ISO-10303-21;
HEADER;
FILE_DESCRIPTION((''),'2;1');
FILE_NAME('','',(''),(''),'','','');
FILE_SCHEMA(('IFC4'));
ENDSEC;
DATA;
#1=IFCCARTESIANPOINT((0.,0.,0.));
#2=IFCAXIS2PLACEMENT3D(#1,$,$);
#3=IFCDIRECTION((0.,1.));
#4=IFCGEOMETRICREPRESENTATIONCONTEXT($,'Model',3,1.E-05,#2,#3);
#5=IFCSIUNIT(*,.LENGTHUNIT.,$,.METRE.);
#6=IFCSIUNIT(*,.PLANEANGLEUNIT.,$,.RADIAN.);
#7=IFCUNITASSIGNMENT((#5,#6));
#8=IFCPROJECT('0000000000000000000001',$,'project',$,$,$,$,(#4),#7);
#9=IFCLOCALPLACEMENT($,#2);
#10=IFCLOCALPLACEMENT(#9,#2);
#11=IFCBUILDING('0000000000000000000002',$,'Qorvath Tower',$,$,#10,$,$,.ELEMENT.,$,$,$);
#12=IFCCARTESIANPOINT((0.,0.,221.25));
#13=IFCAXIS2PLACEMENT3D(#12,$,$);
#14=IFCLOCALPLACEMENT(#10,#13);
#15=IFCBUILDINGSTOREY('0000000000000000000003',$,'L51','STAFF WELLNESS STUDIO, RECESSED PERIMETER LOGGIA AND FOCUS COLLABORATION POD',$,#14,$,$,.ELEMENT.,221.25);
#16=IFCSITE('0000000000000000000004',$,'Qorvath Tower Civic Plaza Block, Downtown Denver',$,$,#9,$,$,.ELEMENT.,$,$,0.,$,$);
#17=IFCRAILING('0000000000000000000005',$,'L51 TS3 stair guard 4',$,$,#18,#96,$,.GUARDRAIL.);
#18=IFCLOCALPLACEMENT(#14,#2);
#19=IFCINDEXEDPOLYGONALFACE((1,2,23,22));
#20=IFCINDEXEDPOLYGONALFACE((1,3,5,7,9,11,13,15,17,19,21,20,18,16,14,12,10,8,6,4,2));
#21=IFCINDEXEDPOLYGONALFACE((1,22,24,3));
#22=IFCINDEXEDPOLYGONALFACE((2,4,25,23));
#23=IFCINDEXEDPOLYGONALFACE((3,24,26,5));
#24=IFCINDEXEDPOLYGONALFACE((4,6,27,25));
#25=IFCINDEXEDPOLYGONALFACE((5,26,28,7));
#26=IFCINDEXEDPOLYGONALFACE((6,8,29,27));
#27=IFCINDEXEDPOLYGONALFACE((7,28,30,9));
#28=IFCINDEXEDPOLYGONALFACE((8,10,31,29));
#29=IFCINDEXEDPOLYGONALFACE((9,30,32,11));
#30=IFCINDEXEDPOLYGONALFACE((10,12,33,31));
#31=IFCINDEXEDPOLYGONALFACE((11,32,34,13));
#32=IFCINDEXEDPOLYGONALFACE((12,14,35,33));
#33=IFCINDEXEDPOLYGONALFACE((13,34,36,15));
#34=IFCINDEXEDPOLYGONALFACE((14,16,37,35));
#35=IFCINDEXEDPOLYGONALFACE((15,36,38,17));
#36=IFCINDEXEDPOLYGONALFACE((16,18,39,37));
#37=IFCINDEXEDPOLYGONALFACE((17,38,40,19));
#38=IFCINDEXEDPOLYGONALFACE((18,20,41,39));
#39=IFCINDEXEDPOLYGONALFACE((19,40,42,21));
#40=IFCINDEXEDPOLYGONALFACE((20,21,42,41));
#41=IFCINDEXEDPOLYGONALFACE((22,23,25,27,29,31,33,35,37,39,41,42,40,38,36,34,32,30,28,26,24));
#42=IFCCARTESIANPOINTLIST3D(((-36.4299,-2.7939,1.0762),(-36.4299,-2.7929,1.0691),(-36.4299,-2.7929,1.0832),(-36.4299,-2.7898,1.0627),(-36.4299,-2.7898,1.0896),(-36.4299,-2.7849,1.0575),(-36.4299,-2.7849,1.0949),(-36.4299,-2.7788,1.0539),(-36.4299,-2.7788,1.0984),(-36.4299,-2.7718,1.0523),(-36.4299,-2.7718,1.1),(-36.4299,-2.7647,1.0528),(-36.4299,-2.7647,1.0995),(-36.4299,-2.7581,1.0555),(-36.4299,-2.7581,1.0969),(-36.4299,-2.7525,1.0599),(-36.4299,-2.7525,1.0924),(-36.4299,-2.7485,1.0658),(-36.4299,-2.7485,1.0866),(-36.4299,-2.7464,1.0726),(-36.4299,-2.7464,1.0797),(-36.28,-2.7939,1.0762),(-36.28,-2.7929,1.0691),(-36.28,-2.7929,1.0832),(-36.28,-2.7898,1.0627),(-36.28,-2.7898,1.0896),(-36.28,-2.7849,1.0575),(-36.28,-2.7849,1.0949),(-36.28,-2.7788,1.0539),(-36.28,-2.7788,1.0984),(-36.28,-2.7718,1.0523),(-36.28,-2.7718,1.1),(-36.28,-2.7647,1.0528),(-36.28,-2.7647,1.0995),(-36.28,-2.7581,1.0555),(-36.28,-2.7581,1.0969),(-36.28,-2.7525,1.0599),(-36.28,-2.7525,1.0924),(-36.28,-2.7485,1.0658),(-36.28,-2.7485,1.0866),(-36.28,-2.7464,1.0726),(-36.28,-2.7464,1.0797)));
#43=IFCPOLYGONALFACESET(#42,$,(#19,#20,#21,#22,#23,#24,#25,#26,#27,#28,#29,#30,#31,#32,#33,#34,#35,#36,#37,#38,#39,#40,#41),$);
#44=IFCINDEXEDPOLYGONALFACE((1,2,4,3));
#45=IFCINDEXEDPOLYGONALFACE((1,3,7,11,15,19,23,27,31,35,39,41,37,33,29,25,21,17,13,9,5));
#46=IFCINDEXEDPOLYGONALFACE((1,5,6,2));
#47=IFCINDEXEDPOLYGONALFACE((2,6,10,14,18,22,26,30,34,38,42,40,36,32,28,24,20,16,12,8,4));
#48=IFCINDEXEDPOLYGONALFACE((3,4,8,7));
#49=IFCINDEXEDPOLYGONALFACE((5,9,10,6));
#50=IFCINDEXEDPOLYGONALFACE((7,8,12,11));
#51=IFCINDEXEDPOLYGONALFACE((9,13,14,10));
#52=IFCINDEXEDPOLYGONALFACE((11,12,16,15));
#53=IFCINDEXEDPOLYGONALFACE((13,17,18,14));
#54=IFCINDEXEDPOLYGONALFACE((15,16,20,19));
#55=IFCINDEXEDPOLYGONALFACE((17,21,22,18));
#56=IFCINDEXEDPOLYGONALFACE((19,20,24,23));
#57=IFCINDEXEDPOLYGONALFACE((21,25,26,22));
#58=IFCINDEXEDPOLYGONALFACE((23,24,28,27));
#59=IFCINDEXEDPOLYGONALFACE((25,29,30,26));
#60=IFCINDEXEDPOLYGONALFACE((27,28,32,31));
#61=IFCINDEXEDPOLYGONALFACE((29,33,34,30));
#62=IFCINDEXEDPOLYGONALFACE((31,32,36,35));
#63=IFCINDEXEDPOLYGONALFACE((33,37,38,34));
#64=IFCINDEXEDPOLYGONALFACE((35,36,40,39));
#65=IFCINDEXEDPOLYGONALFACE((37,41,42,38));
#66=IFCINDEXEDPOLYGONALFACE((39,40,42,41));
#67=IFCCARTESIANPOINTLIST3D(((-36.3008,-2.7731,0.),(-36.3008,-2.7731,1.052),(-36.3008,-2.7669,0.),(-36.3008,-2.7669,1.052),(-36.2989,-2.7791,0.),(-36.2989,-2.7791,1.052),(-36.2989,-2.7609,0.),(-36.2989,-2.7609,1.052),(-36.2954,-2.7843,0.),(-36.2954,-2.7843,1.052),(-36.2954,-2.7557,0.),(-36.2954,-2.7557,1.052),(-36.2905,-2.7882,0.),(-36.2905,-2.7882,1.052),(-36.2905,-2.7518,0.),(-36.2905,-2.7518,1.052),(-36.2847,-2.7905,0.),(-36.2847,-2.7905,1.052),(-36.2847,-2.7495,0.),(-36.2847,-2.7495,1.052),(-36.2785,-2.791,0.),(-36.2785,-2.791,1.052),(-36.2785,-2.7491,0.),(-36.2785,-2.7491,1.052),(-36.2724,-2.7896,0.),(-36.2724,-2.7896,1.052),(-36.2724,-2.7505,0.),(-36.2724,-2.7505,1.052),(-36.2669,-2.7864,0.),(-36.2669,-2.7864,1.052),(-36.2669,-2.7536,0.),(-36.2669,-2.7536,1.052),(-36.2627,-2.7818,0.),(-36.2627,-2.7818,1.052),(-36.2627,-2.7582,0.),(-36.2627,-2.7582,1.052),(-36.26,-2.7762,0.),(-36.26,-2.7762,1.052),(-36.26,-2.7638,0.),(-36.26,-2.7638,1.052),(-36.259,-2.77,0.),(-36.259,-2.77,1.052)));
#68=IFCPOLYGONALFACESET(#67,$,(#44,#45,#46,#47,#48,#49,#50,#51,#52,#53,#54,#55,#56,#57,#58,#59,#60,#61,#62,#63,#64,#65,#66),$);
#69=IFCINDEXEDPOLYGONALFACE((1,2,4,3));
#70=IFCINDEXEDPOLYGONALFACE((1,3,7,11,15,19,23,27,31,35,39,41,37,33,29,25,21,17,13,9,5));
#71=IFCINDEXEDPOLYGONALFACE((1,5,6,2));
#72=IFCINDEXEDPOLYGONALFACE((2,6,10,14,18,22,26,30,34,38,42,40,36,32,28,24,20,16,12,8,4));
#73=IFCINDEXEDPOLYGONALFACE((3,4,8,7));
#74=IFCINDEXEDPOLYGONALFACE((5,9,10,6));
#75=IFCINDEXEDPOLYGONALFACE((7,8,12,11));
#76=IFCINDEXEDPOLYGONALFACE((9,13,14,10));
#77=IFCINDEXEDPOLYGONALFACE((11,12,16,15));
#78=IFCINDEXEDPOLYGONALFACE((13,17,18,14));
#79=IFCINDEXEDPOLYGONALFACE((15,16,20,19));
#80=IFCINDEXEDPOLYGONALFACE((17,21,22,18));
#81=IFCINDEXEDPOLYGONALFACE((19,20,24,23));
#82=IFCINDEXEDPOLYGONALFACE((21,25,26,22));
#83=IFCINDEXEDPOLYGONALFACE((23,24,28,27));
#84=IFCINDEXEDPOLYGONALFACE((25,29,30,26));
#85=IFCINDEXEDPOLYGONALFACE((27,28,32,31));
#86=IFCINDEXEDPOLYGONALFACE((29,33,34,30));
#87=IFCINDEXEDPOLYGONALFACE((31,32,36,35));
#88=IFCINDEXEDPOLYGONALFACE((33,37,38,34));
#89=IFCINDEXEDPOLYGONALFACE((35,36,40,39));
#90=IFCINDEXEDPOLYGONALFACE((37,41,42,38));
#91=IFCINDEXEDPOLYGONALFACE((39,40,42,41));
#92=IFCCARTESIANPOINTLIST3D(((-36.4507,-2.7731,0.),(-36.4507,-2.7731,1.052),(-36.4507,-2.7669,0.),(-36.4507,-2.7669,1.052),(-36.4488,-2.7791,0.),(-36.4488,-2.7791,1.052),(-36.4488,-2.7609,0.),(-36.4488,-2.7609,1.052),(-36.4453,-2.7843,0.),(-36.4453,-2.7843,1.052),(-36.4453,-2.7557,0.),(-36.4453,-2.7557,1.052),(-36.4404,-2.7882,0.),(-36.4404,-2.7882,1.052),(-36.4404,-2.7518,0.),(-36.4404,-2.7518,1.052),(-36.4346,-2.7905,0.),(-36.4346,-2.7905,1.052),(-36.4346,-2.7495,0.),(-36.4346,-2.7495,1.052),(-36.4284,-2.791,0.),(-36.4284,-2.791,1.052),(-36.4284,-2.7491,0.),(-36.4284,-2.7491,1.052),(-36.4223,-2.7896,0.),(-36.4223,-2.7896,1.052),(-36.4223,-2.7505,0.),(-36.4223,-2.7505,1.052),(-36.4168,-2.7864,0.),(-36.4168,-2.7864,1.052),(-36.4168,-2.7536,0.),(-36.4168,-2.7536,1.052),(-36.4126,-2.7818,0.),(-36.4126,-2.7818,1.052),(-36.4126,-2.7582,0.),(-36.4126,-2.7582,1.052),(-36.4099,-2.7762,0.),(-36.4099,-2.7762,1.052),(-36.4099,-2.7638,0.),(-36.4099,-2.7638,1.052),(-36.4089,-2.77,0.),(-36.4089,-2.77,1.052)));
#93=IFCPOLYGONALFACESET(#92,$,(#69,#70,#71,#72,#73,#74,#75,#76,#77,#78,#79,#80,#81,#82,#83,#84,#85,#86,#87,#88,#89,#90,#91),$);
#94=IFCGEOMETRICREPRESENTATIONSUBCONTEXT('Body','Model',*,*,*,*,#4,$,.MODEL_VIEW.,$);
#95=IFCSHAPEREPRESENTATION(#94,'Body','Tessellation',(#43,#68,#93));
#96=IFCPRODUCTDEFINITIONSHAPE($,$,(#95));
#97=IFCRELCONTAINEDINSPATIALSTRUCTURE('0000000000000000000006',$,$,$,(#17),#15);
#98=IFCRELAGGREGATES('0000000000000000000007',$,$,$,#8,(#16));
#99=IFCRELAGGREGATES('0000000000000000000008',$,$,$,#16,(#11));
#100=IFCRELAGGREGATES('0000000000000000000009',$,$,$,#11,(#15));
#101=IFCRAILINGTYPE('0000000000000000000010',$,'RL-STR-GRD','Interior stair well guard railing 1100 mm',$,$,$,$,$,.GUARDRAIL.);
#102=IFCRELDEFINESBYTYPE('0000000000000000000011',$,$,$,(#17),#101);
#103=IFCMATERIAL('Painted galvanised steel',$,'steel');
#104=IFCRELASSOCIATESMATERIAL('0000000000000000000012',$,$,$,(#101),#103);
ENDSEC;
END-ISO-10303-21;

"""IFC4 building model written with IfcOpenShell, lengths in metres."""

from ifc_helpers import new_model, si_unit, direction, frame, origin, origin_2d, place, context, subcontext, project, spatial, circle, extrude, material, type_object, element, save


model = new_model("IFC4")

# Units and contexts
model_context = context("Model", 3, precision=1e-05, world=origin(), true_north=direction((0.0, 1.0)))
body_context = subcontext(model_context, "Body", "Model", "MODEL_VIEW")
ifc_project = project(units=[si_unit("LENGTHUNIT", "METRE"), si_unit("PLANEANGLEUNIT", "RADIAN")], contexts=[model_context])

# Site, building, storey
site_placement = place(None, origin())
site = spatial("IfcSite", under=ifc_project, at=site_placement, Name="Qorvath Tower Civic Plaza Block, Downtown Denver", CompositionType="ELEMENT", RefElevation=0.0)
building_placement = place(site_placement, origin())
building = spatial("IfcBuilding", under=site, at=building_placement, Name="Qorvath Tower", CompositionType="ELEMENT")
storey_placement = place(building_placement, frame((0.0, 0.0, 221.25)))
storey = spatial("IfcBuildingStorey", under=building, at=storey_placement, Name="L51", Description="STAFF WELLNESS STUDIO, RECESSED PERIMETER LOGGIA AND FOCUS COLLABORATION POD", CompositionType="ELEMENT", Elevation=221.25)

# Railing
ifc_material_1 = material(Name="Painted galvanised steel", Category="steel")
railing_type_1 = type_object("IfcRailingType", Name="RL-STR-GRD", Description="Interior stair well guard railing 1100 mm", PredefinedType="GUARDRAIL", material=ifc_material_1)
railing_1_placement = place(storey_placement, frame((-36.28, -2.77, 0.0)))
element("IfcRailing", 1, at=railing_1_placement, inside=storey, type_object=railing_type_1, Name="L51 TS3 stair guard 4", PredefinedType="GUARDRAIL", context=body_context, shape_type="SweptSolid", body=[
    extrude(circle(Radius=0.0239, at=origin_2d()), frame((0.0, 0.0, 1.0762), z_axis=(-1.0, 0.0, 0.0), x_axis=(0.0, -1.0, 0.0)), (0.0, 0.0, 1.0), 0.1499),
    extrude(circle(Radius=0.021, at=origin_2d()), origin(), (0.0, 0.0, 1.0), 1.052),
    extrude(circle(Radius=0.021, at=origin_2d()), frame((-0.1499, 0.0, 0.0)), (0.0, 0.0, 1.0), 1.052),
])

save(model, "model.ifc")
